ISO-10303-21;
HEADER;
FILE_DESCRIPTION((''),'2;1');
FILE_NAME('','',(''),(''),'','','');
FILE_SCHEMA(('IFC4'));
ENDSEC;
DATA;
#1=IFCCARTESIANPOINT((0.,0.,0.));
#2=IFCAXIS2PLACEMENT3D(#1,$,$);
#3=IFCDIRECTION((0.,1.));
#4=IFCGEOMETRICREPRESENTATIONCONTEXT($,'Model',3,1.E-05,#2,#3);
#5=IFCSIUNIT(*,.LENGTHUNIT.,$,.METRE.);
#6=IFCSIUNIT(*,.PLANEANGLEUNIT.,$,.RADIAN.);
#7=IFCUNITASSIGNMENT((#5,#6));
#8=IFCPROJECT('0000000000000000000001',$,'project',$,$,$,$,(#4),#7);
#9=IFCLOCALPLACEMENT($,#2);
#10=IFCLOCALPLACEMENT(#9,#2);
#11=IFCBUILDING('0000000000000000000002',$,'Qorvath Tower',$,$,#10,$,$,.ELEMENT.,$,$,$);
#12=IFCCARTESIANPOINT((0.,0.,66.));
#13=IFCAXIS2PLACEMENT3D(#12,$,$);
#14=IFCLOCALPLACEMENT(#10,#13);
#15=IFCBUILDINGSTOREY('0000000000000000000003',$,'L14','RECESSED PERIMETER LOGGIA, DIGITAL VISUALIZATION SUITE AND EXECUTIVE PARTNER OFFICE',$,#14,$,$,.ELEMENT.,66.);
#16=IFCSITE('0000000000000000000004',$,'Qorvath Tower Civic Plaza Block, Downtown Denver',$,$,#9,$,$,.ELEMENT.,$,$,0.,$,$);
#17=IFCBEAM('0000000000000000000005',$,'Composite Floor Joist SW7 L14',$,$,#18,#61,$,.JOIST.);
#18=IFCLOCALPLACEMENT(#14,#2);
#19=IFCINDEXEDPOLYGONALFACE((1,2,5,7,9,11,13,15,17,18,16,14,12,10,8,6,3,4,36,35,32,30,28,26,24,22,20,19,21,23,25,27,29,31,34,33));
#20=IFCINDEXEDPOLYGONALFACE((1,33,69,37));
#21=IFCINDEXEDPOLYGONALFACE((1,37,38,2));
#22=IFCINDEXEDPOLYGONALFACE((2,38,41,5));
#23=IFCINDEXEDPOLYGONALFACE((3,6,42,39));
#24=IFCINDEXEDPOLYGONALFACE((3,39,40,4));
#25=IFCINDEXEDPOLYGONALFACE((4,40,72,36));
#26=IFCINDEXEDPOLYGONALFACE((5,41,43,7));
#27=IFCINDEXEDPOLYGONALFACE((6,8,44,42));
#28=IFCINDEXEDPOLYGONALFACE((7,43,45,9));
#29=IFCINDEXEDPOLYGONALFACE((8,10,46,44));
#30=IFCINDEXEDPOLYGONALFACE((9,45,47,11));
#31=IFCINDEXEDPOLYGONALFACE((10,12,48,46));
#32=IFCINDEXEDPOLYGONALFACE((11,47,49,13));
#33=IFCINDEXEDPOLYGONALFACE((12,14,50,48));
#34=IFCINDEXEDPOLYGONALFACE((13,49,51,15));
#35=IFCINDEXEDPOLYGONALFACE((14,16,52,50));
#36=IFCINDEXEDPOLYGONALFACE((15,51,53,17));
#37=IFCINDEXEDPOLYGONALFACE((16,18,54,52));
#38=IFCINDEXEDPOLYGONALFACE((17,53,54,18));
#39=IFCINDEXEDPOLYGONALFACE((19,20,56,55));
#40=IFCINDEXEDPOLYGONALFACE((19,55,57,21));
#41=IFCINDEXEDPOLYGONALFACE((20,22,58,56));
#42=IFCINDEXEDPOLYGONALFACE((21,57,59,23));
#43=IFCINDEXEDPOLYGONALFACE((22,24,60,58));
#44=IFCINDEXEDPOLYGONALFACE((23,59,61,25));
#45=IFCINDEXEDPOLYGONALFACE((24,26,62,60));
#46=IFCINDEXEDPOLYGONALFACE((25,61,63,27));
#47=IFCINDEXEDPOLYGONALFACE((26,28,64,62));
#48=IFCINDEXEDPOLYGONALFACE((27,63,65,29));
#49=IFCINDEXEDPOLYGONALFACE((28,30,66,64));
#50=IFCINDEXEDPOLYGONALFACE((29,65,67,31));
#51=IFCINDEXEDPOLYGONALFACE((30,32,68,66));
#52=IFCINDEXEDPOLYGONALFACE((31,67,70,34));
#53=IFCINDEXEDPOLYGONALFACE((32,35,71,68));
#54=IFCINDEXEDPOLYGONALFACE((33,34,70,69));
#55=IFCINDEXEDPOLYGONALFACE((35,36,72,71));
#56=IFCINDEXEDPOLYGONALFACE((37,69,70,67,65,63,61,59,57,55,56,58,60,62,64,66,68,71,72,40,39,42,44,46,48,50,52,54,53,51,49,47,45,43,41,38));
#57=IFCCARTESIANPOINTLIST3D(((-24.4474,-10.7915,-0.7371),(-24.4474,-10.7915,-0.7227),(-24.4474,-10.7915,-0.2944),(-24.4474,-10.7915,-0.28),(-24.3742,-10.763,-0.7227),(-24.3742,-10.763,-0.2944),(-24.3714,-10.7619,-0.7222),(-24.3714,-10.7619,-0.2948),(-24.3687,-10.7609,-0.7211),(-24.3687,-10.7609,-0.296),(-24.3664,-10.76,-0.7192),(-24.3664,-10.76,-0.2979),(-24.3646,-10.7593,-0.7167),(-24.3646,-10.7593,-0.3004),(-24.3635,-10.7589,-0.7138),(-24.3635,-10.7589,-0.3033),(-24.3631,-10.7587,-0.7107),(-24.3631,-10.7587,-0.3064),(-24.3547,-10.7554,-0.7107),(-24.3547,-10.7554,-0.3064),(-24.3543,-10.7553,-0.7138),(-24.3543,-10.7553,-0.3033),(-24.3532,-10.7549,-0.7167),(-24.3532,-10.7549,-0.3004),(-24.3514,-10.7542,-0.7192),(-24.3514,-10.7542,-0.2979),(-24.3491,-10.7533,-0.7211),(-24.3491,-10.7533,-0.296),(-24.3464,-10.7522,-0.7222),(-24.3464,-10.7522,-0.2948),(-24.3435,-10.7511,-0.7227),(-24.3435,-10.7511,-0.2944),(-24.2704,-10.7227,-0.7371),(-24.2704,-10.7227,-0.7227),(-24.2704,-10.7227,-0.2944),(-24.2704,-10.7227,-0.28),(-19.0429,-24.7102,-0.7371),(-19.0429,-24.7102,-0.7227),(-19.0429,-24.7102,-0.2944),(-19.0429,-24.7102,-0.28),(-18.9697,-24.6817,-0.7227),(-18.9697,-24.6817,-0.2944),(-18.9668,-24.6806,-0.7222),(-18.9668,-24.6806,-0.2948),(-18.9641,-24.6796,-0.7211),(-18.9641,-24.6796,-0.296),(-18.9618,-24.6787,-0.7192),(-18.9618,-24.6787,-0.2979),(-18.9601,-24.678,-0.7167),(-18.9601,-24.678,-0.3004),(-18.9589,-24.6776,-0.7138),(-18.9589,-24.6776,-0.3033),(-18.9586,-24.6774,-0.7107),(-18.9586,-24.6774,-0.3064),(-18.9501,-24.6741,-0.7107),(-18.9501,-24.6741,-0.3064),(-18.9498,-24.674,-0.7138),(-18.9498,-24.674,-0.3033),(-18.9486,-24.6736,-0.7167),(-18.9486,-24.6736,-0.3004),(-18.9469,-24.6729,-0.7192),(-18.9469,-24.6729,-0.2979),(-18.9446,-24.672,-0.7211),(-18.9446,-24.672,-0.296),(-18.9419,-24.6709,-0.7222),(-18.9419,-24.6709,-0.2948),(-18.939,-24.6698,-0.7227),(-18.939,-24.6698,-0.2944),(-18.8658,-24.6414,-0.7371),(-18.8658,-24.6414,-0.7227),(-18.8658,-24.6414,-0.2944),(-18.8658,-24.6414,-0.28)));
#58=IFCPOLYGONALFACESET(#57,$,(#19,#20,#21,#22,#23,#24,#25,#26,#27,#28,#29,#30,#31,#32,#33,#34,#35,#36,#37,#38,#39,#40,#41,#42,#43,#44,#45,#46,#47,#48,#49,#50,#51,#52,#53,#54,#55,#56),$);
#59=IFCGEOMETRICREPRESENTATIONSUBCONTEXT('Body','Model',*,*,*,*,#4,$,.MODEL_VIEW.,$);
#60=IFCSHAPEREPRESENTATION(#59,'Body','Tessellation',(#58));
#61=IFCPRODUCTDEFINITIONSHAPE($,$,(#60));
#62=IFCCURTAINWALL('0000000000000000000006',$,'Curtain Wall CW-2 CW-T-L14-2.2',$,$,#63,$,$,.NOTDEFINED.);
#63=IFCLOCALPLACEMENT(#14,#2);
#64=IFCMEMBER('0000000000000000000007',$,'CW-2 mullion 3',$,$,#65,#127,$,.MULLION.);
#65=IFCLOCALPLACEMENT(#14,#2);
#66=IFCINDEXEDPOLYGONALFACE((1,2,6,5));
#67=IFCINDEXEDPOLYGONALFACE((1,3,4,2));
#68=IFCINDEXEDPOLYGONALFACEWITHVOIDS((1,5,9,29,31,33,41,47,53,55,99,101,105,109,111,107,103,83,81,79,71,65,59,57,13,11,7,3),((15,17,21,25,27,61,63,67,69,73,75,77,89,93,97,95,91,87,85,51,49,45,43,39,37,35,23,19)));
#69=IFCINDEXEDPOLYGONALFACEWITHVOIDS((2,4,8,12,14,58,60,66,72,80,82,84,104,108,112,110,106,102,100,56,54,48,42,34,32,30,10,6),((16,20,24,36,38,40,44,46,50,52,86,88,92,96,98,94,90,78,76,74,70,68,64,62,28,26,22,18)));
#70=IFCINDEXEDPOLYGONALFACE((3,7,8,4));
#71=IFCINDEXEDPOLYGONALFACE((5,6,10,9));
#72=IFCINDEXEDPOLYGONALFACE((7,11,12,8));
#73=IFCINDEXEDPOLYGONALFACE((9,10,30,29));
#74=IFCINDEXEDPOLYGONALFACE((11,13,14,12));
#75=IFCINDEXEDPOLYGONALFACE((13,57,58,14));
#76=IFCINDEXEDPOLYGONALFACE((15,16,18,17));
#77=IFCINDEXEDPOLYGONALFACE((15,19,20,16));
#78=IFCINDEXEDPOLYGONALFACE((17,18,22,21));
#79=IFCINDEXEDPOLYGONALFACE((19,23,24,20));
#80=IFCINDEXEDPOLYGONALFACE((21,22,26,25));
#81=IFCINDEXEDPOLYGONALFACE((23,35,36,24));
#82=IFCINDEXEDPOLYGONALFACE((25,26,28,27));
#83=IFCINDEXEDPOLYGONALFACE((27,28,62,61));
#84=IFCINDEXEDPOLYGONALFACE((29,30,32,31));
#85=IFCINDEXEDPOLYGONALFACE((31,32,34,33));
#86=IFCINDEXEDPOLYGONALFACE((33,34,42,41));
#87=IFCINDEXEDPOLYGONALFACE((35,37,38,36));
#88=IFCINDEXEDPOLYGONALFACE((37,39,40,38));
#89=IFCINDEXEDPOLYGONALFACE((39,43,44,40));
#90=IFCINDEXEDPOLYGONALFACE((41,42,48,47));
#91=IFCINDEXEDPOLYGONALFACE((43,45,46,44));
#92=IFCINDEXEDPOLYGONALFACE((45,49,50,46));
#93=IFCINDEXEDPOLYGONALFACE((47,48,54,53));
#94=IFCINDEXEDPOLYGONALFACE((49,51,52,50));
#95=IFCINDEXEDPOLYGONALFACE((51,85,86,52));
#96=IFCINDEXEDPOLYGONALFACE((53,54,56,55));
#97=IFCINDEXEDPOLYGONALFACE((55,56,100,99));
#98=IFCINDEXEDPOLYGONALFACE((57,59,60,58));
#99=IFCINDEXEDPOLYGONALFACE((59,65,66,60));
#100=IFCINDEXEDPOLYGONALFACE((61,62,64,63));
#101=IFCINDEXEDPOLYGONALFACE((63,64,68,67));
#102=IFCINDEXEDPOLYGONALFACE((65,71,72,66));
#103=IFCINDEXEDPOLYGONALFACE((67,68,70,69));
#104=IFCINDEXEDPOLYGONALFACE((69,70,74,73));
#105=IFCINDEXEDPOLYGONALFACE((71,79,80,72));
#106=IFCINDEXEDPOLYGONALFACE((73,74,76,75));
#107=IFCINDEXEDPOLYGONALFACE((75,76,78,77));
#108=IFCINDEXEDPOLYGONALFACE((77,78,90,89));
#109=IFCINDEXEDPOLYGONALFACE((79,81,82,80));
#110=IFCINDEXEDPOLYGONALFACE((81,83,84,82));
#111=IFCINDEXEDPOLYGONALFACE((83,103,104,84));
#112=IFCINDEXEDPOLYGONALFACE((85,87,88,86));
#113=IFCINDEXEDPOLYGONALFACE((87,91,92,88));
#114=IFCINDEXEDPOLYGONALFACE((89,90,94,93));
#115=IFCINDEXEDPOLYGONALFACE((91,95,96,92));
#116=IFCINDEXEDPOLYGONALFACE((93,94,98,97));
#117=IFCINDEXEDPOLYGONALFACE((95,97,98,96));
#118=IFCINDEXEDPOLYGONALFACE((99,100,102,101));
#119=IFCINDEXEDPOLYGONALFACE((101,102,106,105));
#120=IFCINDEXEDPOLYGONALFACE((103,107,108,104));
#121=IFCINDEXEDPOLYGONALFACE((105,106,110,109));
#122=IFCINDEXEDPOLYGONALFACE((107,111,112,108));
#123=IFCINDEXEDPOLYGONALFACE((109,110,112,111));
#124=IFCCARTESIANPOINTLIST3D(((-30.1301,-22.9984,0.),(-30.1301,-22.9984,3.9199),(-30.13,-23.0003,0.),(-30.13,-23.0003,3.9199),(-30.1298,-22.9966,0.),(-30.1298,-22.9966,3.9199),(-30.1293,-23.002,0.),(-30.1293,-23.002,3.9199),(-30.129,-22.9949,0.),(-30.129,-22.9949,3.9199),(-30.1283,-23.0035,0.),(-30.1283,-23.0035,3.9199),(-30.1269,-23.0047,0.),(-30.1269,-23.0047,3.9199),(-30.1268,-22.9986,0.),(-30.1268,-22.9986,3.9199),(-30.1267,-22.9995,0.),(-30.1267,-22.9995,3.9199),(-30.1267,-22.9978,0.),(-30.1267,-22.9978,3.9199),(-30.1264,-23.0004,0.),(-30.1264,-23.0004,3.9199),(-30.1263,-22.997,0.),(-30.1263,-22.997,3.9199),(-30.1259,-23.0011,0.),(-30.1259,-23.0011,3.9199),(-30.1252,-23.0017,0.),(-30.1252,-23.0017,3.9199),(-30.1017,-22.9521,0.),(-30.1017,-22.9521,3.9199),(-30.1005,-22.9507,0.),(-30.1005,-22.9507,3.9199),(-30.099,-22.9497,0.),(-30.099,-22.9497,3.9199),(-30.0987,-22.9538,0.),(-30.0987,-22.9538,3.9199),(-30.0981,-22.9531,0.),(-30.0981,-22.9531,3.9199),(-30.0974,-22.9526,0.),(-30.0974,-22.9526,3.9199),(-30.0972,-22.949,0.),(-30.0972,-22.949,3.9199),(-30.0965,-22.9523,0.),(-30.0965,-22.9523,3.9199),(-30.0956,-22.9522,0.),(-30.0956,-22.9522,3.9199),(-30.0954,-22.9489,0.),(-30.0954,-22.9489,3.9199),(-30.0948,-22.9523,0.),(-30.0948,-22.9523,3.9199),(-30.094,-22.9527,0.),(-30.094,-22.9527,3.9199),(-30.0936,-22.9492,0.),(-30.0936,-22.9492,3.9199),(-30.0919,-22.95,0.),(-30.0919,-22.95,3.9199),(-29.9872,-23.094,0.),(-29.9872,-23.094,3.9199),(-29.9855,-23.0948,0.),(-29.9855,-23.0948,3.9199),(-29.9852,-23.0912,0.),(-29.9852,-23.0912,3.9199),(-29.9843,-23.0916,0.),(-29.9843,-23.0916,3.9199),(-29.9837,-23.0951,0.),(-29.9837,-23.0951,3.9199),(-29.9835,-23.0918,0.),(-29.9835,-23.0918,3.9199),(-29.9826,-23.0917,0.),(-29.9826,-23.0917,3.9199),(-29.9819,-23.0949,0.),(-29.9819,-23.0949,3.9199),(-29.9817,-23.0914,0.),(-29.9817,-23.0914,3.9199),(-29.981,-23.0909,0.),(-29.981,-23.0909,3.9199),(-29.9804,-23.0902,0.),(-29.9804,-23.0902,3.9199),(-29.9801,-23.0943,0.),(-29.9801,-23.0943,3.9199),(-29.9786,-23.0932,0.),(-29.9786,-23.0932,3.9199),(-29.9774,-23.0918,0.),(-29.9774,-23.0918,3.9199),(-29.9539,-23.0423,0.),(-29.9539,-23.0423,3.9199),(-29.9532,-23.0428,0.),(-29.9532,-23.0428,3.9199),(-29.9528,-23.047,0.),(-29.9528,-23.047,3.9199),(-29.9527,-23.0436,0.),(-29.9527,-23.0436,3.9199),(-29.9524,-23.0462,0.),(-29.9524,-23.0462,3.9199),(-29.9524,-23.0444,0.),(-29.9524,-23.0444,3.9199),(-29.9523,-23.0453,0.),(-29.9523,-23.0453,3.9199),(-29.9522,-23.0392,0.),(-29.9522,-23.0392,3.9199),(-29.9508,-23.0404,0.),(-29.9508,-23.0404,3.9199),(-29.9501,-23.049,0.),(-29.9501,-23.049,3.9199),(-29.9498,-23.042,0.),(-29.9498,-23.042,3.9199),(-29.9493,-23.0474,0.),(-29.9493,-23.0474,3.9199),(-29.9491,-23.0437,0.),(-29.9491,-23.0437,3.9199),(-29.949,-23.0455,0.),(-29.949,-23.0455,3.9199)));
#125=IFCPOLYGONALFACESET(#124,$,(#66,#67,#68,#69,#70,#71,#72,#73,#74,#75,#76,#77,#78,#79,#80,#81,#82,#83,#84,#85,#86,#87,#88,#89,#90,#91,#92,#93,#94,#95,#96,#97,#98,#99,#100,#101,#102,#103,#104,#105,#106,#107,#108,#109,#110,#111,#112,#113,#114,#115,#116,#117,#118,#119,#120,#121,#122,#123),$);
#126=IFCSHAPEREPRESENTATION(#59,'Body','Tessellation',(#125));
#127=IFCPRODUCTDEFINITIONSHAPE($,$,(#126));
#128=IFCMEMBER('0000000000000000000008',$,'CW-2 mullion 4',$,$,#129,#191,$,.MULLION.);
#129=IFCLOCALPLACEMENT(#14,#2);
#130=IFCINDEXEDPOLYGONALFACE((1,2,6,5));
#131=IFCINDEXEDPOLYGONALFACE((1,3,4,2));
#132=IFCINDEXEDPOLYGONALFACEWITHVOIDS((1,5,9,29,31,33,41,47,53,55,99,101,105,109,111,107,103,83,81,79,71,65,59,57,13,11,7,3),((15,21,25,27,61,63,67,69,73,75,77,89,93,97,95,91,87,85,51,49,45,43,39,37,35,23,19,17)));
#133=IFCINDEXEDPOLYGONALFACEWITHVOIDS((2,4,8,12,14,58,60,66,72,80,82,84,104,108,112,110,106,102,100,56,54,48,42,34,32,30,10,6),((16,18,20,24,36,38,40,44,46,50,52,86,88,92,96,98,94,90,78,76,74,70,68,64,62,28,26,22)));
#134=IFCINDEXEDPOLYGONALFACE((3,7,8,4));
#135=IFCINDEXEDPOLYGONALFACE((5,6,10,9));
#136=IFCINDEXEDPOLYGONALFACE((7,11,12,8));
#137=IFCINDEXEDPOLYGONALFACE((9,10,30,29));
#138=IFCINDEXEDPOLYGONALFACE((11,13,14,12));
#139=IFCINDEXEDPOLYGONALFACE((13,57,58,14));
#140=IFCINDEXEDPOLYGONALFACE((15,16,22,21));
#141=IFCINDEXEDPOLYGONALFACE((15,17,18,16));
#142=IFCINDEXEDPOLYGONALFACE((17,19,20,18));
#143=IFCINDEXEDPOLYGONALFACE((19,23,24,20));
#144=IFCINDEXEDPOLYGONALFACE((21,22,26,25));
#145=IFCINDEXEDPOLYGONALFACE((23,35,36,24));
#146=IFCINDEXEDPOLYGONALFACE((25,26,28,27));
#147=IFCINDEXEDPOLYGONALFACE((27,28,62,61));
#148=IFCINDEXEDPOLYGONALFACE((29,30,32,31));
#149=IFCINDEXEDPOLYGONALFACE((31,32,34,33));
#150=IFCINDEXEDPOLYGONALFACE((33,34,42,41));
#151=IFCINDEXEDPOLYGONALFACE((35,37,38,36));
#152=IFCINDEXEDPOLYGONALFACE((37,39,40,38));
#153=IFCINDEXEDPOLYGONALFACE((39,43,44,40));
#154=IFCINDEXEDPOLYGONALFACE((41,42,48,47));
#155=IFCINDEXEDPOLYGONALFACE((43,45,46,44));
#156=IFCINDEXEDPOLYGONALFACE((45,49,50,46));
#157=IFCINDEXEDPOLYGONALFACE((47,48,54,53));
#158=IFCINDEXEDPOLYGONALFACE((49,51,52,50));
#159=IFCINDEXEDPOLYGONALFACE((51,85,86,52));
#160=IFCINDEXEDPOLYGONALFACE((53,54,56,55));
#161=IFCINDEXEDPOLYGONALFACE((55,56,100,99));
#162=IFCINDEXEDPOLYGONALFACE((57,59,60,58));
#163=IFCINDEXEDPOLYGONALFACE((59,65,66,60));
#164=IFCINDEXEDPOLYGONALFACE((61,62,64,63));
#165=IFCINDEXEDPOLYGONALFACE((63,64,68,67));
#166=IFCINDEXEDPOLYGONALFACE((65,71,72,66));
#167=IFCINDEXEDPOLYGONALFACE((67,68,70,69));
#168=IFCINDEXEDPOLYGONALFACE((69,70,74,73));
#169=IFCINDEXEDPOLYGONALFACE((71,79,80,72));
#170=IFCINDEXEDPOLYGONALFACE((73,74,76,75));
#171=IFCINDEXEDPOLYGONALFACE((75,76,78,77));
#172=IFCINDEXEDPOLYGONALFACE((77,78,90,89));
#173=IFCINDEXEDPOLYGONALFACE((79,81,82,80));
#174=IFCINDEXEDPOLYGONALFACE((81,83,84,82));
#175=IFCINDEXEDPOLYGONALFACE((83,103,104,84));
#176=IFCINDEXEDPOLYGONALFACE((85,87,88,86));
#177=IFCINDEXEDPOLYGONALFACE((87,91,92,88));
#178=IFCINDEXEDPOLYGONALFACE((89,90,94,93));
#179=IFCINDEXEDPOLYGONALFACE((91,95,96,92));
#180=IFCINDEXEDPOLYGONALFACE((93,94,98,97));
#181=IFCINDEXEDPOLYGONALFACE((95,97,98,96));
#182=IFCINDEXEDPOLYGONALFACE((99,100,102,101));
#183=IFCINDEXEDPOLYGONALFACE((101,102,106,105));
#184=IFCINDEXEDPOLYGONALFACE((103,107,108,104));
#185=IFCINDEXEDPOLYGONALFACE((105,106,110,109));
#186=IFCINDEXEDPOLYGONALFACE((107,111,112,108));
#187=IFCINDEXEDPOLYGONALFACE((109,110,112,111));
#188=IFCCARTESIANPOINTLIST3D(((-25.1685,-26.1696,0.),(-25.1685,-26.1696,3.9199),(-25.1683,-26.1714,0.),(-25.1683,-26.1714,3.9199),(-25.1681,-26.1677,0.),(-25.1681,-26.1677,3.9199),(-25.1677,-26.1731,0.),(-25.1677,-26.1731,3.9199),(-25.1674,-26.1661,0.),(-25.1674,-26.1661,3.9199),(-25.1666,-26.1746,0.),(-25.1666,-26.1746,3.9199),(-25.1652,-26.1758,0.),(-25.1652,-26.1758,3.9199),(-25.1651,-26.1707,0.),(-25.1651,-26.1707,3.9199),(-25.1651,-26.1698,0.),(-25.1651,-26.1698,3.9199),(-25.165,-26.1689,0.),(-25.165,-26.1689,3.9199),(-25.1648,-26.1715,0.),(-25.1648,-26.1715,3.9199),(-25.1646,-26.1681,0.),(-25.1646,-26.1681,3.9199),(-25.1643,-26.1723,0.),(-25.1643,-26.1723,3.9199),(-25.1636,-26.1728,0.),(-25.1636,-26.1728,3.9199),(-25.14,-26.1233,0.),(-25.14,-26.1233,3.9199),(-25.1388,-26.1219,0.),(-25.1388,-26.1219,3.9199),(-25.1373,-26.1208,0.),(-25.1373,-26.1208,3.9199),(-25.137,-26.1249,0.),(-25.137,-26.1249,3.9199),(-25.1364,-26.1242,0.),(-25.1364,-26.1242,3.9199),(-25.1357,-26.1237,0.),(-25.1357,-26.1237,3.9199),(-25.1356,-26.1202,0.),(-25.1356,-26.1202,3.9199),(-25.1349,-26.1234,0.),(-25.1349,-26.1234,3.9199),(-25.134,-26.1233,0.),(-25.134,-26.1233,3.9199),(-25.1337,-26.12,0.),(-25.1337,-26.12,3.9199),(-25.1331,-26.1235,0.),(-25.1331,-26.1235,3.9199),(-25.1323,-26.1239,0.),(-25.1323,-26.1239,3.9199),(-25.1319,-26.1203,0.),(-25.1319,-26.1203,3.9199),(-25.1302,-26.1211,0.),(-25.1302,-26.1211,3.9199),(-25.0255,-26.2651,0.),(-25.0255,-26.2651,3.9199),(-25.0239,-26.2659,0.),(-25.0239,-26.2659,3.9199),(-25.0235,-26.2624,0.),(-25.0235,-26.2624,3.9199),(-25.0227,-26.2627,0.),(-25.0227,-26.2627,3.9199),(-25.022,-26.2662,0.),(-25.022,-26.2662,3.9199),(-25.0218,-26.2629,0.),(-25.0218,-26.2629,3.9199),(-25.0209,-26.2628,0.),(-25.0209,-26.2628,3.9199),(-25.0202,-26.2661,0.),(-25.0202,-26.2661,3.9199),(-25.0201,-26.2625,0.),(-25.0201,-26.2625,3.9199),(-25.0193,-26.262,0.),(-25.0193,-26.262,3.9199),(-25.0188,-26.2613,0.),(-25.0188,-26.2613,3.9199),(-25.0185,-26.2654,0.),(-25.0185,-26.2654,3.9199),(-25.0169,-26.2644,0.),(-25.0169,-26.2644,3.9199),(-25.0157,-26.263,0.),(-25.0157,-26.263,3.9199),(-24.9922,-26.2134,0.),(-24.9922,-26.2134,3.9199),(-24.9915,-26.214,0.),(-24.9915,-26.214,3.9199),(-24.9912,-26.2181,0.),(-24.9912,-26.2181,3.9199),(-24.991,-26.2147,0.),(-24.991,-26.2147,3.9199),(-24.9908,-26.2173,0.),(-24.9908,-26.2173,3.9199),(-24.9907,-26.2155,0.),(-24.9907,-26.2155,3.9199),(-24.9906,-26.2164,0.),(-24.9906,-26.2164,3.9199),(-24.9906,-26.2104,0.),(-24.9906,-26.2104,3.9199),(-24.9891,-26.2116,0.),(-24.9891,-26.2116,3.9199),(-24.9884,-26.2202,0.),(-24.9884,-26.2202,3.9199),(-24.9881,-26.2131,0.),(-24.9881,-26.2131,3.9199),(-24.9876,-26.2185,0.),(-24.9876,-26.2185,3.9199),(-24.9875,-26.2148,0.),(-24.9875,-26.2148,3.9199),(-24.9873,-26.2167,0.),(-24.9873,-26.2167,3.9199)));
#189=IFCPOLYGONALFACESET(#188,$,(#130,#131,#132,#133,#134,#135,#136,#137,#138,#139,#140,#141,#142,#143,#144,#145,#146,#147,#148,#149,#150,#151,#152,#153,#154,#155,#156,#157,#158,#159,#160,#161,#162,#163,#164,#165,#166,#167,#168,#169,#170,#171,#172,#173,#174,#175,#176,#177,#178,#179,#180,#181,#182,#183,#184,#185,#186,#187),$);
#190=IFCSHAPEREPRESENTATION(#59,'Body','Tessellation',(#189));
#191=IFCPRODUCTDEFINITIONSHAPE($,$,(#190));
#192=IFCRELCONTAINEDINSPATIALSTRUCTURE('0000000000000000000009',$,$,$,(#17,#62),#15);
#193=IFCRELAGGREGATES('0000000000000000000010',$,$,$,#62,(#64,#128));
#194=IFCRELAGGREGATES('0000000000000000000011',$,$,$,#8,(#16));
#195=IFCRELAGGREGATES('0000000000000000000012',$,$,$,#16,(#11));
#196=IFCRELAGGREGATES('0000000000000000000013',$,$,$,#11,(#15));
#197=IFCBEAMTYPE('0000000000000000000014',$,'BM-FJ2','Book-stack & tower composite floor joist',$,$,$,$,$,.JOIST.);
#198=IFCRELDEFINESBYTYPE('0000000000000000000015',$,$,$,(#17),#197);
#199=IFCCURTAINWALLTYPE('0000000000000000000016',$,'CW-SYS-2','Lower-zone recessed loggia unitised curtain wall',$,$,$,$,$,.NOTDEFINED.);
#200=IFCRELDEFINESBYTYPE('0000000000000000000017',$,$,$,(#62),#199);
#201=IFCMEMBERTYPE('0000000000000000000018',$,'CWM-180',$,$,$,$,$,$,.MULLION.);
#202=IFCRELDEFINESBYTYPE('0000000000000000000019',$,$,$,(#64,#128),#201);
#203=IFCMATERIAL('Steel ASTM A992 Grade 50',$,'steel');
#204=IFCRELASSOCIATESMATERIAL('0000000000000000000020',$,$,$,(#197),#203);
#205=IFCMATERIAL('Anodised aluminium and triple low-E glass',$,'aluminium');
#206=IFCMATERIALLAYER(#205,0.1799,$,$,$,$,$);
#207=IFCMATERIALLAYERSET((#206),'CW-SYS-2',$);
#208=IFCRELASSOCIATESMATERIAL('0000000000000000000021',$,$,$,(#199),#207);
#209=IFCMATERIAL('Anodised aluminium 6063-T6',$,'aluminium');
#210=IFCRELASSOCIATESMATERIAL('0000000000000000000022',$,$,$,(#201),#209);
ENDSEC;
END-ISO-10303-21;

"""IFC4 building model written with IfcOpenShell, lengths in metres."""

from ifc_helpers import new_model, si_unit, direction, frame, origin, origin_2d, place, context, subcontext, project, spatial, hollow_rectangle, i_section, extrude, material, layer, layer_set, material_profile, profile_set, type_object, element, aggregate, save


model = new_model("IFC4")

# Units and contexts
model_context = context("Model", 3, precision=1e-05, world=origin(), true_north=direction((0.0, 1.0)))
body_context = subcontext(model_context, "Body", "Model", "MODEL_VIEW")
ifc_project = project(units=[si_unit("LENGTHUNIT", "METRE"), si_unit("PLANEANGLEUNIT", "RADIAN")], contexts=[model_context])

# Site, building, storey
site_placement = place(None, origin())
site = spatial("IfcSite", under=ifc_project, at=site_placement, Name="Qorvath Tower Civic Plaza Block, Downtown Denver", CompositionType="ELEMENT", RefElevation=0.0)
building_placement = place(site_placement, origin())
building = spatial("IfcBuilding", under=site, at=building_placement, Name="Qorvath Tower", CompositionType="ELEMENT")
storey_placement = place(building_placement, frame((0.0, 0.0, 66.0)))
storey = spatial("IfcBuildingStorey", under=building, at=storey_placement, Name="L14", Description="RECESSED PERIMETER LOGGIA, DIGITAL VISUALIZATION SUITE AND EXECUTIVE PARTNER OFFICE", CompositionType="ELEMENT", Elevation=66.0)

# Beam
ifc_material_1 = material(Name="Steel ASTM A992 Grade 50", Category="steel")
ifc_material_profile_1 = material_profile(ifc_material_1, i_section(OverallWidth=0.1899, OverallDepth=0.457, WebThickness=0.009, FlangeThickness=0.0144, FilletRadius=0.012, at=origin_2d()), Name="W18x50")
ifc_profile_set_1 = profile_set([ifc_material_profile_1], Name="Steel ASTM A992 Grade 50")
beam_type_1 = type_object("IfcBeamType", Name="BM-FJ2", Description="Book-stack & tower composite floor joist", PredefinedType="JOIST", material=ifc_profile_set_1)
beam_1_placement = place(storey_placement, frame((-24.3589, -10.7571, -0.5085), z_axis=(0.361964, -0.932192, 0.0), x_axis=(0.932192, 0.361964, 0.0)))
element("IfcBeam", 1, at=beam_1_placement, inside=storey, type_object=beam_type_1, Name="Composite Floor Joist SW7 L14", PredefinedType="JOIST", context=body_context, shape_type="SweptSolid", body=[
    extrude(i_section(OverallWidth=0.1899, OverallDepth=0.457, WebThickness=0.009, FlangeThickness=0.0144, FilletRadius=0.012, at=origin_2d()), origin(), (0.0, 0.0, 1.0), 14.9312),
])

# Curtain wall, members
ifc_material_2 = material(Name="Anodised aluminium and triple low-E glass", Category="aluminium")
ifc_layer_1 = layer(ifc_material_2, 0.1799)
ifc_layer_set_1 = layer_set([ifc_layer_1], Name="CW-SYS-2")
curtain_wall_type = type_object("IfcCurtainWallType", Name="CW-SYS-2", Description="Lower-zone recessed loggia unitised curtain wall", PredefinedType="NOTDEFINED", material=ifc_layer_set_1)
curtain_wall_placement = place(storey_placement, origin())
curtain_wall = element("IfcCurtainWall", 2, at=curtain_wall_placement, inside=storey, type_object=curtain_wall_type, Name="Curtain Wall CW-2 CW-T-L14-2.2", PredefinedType="NOTDEFINED")
ifc_material_3 = material(Name="Anodised aluminium 6063-T6", Category="aluminium")
ifc_material_profile_2 = material_profile(ifc_material_3, hollow_rectangle(XDim=0.0649, YDim=0.1799, WallThickness=0.0034, InnerFilletRadius=0.0034, OuterFilletRadius=0.0071, at=origin_2d()), Name="CWM 180x65")
ifc_profile_set_2 = profile_set([ifc_material_profile_2], Name="Anodised aluminium 6063-T6")
member_type_1 = type_object("IfcMemberType", Name="CWM-180", PredefinedType="MULLION", material=ifc_profile_set_2)
member_1_placement = place(storey_placement, frame((-30.0396, -23.022, 0.0), z_axis=(0.0, 0.0, 1.0), x_axis=(0.538537, 0.842602, 0.0)))
member_1 = element("IfcMember", 3, at=member_1_placement, type_object=member_type_1, Name="CW-2 mullion 3", PredefinedType="MULLION", context=body_context, shape_type="SweptSolid", body=[
    extrude(hollow_rectangle(XDim=0.0649, YDim=0.1799, WallThickness=0.0034, InnerFilletRadius=0.0034, OuterFilletRadius=0.0071, at=origin_2d()), origin(), (0.0, 0.0, 1.0), 3.9199),
])
member_2_placement = place(storey_placement, frame((-25.0779, -26.1931, 0.0), z_axis=(0.0, 0.0, 1.0), x_axis=(0.538537, 0.842602, 0.0)))
member_2 = element("IfcMember", 4, at=member_2_placement, type_object=member_type_1, Name="CW-2 mullion 4", PredefinedType="MULLION", context=body_context, shape_type="SweptSolid", body=[
    extrude(hollow_rectangle(XDim=0.0649, YDim=0.1799, WallThickness=0.0034, InnerFilletRadius=0.0034, OuterFilletRadius=0.0071, at=origin_2d()), origin(), (0.0, 0.0, 1.0), 3.9199),
])
aggregate(curtain_wall, [member_1, member_2])

save(model, "model.ifc")
